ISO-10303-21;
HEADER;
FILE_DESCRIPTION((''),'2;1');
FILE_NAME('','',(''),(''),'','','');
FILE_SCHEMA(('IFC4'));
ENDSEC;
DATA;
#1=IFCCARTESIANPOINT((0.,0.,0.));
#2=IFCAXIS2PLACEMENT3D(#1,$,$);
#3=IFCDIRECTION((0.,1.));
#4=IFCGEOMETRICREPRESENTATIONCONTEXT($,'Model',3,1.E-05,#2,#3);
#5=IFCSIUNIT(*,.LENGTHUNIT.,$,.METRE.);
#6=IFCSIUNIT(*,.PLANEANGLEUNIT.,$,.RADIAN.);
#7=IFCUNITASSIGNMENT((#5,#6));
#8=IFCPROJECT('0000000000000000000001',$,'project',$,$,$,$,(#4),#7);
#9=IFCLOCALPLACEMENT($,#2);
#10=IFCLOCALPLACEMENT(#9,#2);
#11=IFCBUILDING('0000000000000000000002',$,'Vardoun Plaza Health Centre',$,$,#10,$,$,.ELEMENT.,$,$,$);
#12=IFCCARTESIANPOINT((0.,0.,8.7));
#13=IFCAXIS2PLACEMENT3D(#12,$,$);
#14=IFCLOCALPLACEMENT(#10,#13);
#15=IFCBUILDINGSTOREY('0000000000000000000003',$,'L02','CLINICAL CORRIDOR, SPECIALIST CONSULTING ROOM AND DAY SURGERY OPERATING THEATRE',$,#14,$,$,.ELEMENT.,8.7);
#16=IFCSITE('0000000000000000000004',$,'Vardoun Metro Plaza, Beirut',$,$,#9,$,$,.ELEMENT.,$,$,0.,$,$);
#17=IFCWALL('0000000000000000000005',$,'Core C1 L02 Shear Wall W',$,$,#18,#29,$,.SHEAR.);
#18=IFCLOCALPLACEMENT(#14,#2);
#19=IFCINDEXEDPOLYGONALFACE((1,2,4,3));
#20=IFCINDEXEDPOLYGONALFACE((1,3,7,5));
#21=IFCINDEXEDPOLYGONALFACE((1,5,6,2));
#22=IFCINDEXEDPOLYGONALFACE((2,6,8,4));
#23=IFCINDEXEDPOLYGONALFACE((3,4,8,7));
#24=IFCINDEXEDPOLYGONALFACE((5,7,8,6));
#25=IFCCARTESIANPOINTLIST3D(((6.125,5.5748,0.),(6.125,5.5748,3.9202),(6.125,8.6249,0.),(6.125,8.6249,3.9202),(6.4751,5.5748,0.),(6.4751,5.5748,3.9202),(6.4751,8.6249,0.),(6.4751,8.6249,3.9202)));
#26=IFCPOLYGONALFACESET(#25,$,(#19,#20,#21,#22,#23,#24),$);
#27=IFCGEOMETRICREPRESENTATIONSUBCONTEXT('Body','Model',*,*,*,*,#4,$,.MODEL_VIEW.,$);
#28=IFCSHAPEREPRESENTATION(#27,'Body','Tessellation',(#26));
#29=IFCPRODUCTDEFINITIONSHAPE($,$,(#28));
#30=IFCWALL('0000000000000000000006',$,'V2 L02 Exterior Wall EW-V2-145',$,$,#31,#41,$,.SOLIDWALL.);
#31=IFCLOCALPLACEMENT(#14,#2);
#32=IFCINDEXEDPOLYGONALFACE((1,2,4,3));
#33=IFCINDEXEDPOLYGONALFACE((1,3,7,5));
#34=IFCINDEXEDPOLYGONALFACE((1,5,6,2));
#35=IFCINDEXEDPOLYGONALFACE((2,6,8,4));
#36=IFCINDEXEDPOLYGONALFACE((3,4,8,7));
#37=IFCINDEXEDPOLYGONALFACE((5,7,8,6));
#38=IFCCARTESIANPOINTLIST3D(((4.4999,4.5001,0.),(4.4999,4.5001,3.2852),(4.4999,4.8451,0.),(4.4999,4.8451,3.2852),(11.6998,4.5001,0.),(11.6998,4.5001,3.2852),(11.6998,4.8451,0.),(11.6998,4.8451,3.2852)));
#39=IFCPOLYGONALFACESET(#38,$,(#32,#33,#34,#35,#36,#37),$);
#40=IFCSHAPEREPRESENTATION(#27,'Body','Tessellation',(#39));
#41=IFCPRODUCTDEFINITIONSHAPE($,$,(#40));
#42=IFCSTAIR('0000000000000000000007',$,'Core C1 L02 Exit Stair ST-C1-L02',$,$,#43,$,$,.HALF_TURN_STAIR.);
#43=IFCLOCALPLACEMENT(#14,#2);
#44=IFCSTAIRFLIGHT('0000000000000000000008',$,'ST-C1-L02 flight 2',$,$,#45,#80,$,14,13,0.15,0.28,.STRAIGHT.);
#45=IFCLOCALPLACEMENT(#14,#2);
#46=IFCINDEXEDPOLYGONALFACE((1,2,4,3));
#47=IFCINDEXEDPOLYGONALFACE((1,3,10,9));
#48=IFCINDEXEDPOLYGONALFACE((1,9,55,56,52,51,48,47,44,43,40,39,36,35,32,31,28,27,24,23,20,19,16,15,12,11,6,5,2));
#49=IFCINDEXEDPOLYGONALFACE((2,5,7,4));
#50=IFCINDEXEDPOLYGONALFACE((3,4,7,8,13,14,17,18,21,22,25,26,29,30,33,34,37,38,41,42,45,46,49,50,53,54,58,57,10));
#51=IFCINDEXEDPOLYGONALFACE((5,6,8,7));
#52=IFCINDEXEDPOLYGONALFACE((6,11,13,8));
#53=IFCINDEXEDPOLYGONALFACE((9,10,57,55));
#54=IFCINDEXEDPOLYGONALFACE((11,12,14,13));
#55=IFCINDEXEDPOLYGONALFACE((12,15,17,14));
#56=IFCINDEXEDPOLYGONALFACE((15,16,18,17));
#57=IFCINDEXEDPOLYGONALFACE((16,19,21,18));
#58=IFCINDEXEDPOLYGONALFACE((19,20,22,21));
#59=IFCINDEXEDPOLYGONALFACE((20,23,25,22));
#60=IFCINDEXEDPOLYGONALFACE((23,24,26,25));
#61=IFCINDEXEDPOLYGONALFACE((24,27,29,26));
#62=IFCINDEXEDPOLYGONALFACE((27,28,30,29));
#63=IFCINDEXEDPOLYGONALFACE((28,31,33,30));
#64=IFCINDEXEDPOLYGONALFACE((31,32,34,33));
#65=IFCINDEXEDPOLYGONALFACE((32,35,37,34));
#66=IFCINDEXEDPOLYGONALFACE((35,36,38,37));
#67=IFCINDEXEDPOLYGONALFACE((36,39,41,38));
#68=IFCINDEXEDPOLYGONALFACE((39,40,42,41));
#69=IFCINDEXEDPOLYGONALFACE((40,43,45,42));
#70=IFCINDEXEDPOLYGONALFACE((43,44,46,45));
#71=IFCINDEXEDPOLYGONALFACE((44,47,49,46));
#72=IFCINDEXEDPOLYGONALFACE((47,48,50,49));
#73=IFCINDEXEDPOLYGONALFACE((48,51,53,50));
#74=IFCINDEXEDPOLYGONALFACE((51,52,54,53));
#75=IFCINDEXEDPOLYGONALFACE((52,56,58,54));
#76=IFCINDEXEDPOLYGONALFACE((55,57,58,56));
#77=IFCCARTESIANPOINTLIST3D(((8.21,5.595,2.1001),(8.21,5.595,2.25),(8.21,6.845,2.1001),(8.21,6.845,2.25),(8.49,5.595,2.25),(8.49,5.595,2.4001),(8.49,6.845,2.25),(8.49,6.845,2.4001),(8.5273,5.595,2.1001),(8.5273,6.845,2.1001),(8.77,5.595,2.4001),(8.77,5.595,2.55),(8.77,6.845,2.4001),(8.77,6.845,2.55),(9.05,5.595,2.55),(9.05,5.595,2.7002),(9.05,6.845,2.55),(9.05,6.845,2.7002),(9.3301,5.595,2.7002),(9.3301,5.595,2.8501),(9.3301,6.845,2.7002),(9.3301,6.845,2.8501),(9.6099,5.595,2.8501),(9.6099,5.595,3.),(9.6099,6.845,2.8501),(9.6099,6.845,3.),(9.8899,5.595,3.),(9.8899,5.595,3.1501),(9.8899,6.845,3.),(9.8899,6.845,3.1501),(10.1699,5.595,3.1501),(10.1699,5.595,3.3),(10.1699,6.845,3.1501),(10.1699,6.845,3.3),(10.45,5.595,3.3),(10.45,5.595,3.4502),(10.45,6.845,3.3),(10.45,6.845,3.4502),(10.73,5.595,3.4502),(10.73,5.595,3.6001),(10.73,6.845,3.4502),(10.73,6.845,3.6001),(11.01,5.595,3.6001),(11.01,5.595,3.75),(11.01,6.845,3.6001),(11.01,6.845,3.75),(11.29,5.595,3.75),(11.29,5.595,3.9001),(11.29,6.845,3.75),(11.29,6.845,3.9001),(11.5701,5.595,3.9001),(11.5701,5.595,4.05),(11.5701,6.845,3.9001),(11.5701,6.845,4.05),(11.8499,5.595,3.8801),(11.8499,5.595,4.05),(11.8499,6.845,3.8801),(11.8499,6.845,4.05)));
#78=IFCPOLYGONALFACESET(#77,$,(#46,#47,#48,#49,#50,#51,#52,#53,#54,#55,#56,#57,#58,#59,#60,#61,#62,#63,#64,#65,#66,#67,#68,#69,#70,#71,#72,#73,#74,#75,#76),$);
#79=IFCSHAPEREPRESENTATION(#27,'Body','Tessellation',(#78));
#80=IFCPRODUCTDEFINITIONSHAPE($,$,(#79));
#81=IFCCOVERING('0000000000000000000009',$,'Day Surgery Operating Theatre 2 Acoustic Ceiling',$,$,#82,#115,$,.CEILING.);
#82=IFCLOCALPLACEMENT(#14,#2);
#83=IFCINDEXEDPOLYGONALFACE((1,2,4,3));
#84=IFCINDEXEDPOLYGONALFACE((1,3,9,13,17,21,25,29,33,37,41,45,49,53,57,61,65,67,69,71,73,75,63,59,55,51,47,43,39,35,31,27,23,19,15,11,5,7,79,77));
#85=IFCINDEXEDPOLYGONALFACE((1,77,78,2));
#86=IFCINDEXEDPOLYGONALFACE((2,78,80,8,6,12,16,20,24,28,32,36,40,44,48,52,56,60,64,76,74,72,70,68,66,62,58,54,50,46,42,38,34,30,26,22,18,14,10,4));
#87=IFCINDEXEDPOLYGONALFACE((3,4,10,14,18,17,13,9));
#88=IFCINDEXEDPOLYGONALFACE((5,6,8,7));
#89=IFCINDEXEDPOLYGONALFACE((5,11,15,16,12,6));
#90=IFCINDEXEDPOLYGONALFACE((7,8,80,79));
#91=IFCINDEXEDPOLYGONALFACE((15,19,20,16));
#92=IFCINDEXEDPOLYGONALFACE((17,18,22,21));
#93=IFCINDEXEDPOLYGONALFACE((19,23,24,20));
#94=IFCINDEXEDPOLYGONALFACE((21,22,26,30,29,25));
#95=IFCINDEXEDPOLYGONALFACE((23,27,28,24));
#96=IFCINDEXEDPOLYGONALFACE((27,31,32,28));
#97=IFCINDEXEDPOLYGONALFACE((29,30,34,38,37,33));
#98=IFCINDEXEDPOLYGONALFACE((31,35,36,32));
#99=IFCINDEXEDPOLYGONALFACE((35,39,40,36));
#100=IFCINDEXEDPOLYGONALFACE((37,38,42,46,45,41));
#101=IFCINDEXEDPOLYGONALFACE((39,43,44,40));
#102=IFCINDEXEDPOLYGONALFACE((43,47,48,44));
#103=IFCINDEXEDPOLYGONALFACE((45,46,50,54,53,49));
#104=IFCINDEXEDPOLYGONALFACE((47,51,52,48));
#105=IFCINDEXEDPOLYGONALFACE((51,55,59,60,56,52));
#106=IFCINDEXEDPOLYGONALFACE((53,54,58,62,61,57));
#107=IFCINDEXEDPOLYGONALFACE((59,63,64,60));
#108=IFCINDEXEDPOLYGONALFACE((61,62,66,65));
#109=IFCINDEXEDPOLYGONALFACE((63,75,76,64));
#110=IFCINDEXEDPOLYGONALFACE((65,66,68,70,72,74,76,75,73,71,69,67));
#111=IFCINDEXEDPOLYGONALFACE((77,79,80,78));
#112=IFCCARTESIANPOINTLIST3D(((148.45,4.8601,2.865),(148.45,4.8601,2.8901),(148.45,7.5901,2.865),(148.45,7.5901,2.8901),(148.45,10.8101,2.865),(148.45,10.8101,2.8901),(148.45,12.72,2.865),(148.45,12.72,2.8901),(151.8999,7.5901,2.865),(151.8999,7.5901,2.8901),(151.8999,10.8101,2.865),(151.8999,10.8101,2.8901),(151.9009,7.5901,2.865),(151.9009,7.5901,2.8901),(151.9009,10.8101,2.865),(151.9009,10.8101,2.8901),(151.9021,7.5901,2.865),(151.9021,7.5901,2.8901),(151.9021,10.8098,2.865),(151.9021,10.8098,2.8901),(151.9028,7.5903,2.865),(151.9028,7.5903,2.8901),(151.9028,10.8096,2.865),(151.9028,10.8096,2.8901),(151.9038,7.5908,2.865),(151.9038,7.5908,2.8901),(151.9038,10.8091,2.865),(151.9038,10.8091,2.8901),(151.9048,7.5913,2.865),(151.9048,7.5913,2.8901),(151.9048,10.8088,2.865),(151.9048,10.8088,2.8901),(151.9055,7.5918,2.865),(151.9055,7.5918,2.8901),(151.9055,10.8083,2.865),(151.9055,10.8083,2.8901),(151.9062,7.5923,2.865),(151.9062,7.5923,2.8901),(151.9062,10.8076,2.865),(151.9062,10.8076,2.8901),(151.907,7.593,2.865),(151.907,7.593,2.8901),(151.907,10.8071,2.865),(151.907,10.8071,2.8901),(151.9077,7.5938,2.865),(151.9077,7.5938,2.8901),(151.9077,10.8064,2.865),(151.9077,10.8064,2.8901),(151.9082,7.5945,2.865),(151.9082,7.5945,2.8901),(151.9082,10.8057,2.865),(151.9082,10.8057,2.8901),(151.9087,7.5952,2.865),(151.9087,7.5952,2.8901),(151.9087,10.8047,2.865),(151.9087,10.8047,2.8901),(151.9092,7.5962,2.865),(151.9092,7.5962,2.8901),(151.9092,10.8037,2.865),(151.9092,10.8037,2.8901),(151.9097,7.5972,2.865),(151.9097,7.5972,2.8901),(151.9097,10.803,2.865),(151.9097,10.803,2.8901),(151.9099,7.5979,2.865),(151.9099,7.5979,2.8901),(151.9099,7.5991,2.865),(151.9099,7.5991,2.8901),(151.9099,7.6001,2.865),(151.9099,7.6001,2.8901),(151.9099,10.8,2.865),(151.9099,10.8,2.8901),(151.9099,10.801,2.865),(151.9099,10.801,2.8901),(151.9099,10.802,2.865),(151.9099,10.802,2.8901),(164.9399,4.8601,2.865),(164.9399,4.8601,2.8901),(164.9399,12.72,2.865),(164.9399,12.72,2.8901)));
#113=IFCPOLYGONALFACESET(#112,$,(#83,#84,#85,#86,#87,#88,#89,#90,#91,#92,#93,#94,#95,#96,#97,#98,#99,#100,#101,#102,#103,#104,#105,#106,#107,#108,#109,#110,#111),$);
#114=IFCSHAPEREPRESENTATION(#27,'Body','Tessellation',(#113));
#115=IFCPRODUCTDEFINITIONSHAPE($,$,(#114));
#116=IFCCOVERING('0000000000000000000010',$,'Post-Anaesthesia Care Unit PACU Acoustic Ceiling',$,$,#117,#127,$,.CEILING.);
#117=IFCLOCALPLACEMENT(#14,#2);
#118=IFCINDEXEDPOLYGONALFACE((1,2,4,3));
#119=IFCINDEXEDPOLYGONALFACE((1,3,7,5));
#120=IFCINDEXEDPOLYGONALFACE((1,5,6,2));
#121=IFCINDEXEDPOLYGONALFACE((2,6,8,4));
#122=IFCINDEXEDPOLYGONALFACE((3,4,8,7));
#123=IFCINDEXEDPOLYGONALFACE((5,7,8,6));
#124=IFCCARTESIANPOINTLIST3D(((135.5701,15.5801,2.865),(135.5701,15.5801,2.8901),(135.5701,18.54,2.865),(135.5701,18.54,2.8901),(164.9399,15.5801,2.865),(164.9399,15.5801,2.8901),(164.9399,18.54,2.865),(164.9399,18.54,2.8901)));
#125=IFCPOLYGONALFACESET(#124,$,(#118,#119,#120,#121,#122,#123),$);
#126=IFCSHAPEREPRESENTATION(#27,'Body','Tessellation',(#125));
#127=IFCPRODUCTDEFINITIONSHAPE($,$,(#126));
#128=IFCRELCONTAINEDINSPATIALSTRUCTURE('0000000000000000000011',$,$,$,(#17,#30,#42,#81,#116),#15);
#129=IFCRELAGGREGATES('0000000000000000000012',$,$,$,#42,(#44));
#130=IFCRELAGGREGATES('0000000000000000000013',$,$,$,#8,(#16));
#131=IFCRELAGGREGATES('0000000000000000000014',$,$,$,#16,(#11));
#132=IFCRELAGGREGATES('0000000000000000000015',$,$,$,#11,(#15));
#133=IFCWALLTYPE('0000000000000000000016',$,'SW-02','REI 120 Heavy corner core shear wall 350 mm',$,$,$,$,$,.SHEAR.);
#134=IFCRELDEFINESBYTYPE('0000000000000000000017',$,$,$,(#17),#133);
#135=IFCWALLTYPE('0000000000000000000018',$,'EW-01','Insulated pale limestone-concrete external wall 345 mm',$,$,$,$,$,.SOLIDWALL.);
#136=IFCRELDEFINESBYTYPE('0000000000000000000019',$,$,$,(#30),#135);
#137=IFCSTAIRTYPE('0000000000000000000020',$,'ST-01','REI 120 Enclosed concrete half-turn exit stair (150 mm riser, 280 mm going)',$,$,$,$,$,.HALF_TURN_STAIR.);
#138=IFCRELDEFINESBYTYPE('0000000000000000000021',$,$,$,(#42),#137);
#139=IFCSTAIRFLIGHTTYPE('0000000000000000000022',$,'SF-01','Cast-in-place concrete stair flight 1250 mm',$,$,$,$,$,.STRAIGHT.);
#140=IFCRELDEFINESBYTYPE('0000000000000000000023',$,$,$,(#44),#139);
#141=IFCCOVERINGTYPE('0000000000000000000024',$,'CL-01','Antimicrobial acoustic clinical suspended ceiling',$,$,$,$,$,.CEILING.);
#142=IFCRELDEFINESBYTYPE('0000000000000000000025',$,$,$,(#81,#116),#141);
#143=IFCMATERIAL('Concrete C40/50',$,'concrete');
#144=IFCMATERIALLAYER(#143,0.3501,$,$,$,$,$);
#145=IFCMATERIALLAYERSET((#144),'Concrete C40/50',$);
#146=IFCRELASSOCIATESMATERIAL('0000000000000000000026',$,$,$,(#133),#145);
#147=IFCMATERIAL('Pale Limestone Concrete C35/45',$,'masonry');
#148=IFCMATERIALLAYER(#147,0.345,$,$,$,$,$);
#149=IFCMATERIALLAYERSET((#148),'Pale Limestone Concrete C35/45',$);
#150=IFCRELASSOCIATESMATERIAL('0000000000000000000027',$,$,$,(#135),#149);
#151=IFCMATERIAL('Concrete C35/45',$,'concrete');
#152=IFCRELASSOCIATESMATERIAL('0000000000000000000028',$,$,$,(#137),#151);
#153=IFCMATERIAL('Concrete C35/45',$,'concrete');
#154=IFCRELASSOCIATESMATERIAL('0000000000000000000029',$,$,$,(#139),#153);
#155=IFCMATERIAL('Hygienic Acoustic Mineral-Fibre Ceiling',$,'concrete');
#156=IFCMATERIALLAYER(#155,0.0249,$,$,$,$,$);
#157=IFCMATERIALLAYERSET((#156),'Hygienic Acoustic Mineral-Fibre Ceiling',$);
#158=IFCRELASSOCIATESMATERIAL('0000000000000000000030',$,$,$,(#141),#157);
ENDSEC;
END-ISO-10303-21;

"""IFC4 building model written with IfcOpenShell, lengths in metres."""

from ifc_helpers import new_model, si_unit, direction, frame, frame_2d, origin, place, context, subcontext, project, spatial, polyline, rectangle, outline, extrude, material, layer, layer_set, type_object, element, aggregate, save


model = new_model("IFC4")

# Units and contexts
model_context = context("Model", 3, precision=1e-05, world=origin(), true_north=direction((0.0, 1.0)))
body_context = subcontext(model_context, "Body", "Model", "MODEL_VIEW")
ifc_project = project(units=[si_unit("LENGTHUNIT", "METRE"), si_unit("PLANEANGLEUNIT", "RADIAN")], contexts=[model_context])

# Site, building, storey
site_placement = place(None, origin())
site = spatial("IfcSite", under=ifc_project, at=site_placement, Name="Vardoun Metro Plaza, Beirut", CompositionType="ELEMENT", RefElevation=0.0)
building_placement = place(site_placement, origin())
building = spatial("IfcBuilding", under=site, at=building_placement, Name="Vardoun Plaza Health Centre", CompositionType="ELEMENT")
storey_placement = place(building_placement, frame((0.0, 0.0, 8.7)))
storey = spatial("IfcBuildingStorey", under=building, at=storey_placement, Name="L02", Description="CLINICAL CORRIDOR, SPECIALIST CONSULTING ROOM AND DAY SURGERY OPERATING THEATRE", CompositionType="ELEMENT", Elevation=8.7)

# Walls
ifc_material_1 = material(Name="Concrete C40/50", Category="concrete")
ifc_layer_1 = layer(ifc_material_1, 0.3501)
ifc_layer_set_1 = layer_set([ifc_layer_1], Name="Concrete C40/50")
wall_type_1 = type_object("IfcWallType", Name="SW-02", Description="REI 120 Heavy corner core shear wall 350 mm", PredefinedType="SHEAR", material=ifc_layer_set_1)
wall_1_placement = place(storey_placement, frame((6.3, 5.575, 0.0), z_axis=(0.0, 0.0, 1.0), x_axis=(0.0, 1.0, 0.0)))
element("IfcWall", 1, at=wall_1_placement, inside=storey, type_object=wall_type_1, Name="Core C1 L02 Shear Wall W", PredefinedType="SHEAR", context=body_context, shape_type="SweptSolid", body=[
    extrude(rectangle(XDim=3.05, YDim=0.3501, at=frame_2d((1.5249, 0.0))), origin(), (0.0, 0.0, 1.0), 3.9202),
])
ifc_material_2 = material(Name="Pale Limestone Concrete C35/45", Category="masonry")
ifc_layer_2 = layer(ifc_material_2, 0.345)
ifc_layer_set_2 = layer_set([ifc_layer_2], Name="Pale Limestone Concrete C35/45")
wall_type_2 = type_object("IfcWallType", Name="EW-01", Description="Insulated pale limestone-concrete external wall 345 mm", PredefinedType="SOLIDWALL", material=ifc_layer_set_2)
wall_2_placement = place(storey_placement, frame((11.7, 4.6726, 0.0), z_axis=(0.0, 0.0, 1.0), x_axis=(-1.0, 0.0, 0.0)))
element("IfcWall", 2, at=wall_2_placement, inside=storey, type_object=wall_type_2, Name="V2 L02 Exterior Wall EW-V2-145", PredefinedType="SOLIDWALL", context=body_context, shape_type="SweptSolid", body=[
    extrude(rectangle(XDim=7.2, YDim=0.345, at=frame_2d((3.6001, 0.0))), origin(), (0.0, 0.0, 1.0), 3.2852),
])

# Stair, stair flight
ifc_material_3 = material(Name="Concrete C35/45", Category="concrete")
stair_type = type_object("IfcStairType", Name="ST-01", Description="REI 120 Enclosed concrete half-turn exit stair (150 mm riser, 280 mm going)", PredefinedType="HALF_TURN_STAIR", material=ifc_material_3)
stair_placement = place(storey_placement, origin())
stair = element("IfcStair", 3, at=stair_placement, inside=storey, type_object=stair_type, Name="Core C1 L02 Exit Stair ST-C1-L02", PredefinedType="HALF_TURN_STAIR")
ifc_material_4 = material(Name="Concrete C35/45", Category="concrete")
stair_flight_type = type_object("IfcStairFlightType", Name="SF-01", Description="Cast-in-place concrete stair flight 1250 mm", PredefinedType="STRAIGHT", material=ifc_material_4)
stair_flight_placement = place(storey_placement, frame((8.21, 6.22, 2.1001), z_axis=(0.0, 0.0, 1.0), x_axis=(1.0, 0.0, 0.0)))
stair_flight = element("IfcStairFlight", 4, at=stair_flight_placement, type_object=stair_flight_type, Name="ST-C1-L02 flight 2", NumberOfRisers=14, NumberOfTreads=13, PredefinedType="STRAIGHT", RiserHeight=0.15, TreadLength=0.28, context=body_context, shape_type="SweptSolid", body=[
    extrude(outline(polyline([(0.0, 0.0), (0.0, 0.1499), (0.28, 0.1499), (0.28, 0.3), (0.5601, 0.3), (0.5601, 0.45), (0.8401, 0.45), (0.8401, 0.6001), (1.1201, 0.6001), (1.1201, 0.75), (1.3999, 0.75), (1.3999, 0.8999), (1.6799, 0.8999), (1.6799, 1.05), (1.96, 1.05), (1.96, 1.2), (2.24, 1.2), (2.24, 1.3501), (2.52, 1.3501), (2.52, 1.5), (2.8, 1.5), (2.8, 1.6499), (3.0801, 1.6499), (3.0801, 1.8), (3.3601, 1.8), (3.3601, 1.95), (3.6399, 1.95), (3.6399, 2.1001), (3.6399, 1.78), (0.3174, 0.0), (0.0, 0.0)])), frame((0.0, 0.625, 0.0), z_axis=(0.0, -1.0, 0.0), x_axis=(1.0, 0.0, 0.0)), (0.0, 0.0, 1.0), 1.25),
])
aggregate(stair, [stair_flight])

# Coverings
ifc_material_5 = material(Name="Hygienic Acoustic Mineral-Fibre Ceiling", Category="concrete")
ifc_layer_3 = layer(ifc_material_5, 0.0249)
ifc_layer_set_3 = layer_set([ifc_layer_3], Name="Hygienic Acoustic Mineral-Fibre Ceiling")
covering_type_1 = type_object("IfcCoveringType", Name="CL-01", Description="Antimicrobial acoustic clinical suspended ceiling", PredefinedType="CEILING", material=ifc_layer_set_3)
covering_1_placement = place(storey_placement, frame((0.0, 0.0, 2.865)))
element("IfcCovering", 5, at=covering_1_placement, inside=storey, type_object=covering_type_1, Name="Day Surgery Operating Theatre 2 Acoustic Ceiling", PredefinedType="CEILING", context=body_context, shape_type="SweptSolid", body=[
    extrude(outline(polyline([(164.9399, 4.8601), (148.45, 4.8601), (148.45, 7.5901), (151.8999, 7.5901), (151.9009, 7.5901), (151.9021, 7.5901), (151.9028, 7.5903), (151.9038, 7.5908), (151.9048, 7.5913), (151.9055, 7.5918), (151.9062, 7.5923), (151.907, 7.593), (151.9077, 7.5938), (151.9082, 7.5945), (151.9087, 7.5952), (151.9092, 7.5962), (151.9097, 7.5972), (151.9099, 7.5979), (151.9099, 7.5991), (151.9099, 7.6001), (151.9099, 10.8), (151.9099, 10.801), (151.9099, 10.802), (151.9097, 10.803), (151.9092, 10.8037), (151.9087, 10.8047), (151.9082, 10.8057), (151.9077, 10.8064), (151.907, 10.8071), (151.9062, 10.8076), (151.9055, 10.8083), (151.9048, 10.8088), (151.9038, 10.8091), (151.9028, 10.8096), (151.9021, 10.8098), (151.9009, 10.8101), (151.8999, 10.8101), (148.45, 10.8101), (148.45, 12.72), (164.9399, 12.72), (164.9399, 4.8601)])), origin(), (0.0, 0.0, 1.0), 0.0251),
])
covering_2_placement = place(storey_placement, frame((0.0, 0.0, 2.865)))
element("IfcCovering", 6, at=covering_2_placement, inside=storey, type_object=covering_type_1, Name="Post-Anaesthesia Care Unit PACU Acoustic Ceiling", PredefinedType="CEILING", context=body_context, shape_type="SweptSolid", body=[
    extrude(outline(polyline([(164.9399, 18.54), (164.9399, 15.5801), (135.5701, 15.5801), (135.5701, 18.54), (164.9399, 18.54)])), origin(), (0.0, 0.0, 1.0), 0.0251),
])

save(model, "model.ifc")
